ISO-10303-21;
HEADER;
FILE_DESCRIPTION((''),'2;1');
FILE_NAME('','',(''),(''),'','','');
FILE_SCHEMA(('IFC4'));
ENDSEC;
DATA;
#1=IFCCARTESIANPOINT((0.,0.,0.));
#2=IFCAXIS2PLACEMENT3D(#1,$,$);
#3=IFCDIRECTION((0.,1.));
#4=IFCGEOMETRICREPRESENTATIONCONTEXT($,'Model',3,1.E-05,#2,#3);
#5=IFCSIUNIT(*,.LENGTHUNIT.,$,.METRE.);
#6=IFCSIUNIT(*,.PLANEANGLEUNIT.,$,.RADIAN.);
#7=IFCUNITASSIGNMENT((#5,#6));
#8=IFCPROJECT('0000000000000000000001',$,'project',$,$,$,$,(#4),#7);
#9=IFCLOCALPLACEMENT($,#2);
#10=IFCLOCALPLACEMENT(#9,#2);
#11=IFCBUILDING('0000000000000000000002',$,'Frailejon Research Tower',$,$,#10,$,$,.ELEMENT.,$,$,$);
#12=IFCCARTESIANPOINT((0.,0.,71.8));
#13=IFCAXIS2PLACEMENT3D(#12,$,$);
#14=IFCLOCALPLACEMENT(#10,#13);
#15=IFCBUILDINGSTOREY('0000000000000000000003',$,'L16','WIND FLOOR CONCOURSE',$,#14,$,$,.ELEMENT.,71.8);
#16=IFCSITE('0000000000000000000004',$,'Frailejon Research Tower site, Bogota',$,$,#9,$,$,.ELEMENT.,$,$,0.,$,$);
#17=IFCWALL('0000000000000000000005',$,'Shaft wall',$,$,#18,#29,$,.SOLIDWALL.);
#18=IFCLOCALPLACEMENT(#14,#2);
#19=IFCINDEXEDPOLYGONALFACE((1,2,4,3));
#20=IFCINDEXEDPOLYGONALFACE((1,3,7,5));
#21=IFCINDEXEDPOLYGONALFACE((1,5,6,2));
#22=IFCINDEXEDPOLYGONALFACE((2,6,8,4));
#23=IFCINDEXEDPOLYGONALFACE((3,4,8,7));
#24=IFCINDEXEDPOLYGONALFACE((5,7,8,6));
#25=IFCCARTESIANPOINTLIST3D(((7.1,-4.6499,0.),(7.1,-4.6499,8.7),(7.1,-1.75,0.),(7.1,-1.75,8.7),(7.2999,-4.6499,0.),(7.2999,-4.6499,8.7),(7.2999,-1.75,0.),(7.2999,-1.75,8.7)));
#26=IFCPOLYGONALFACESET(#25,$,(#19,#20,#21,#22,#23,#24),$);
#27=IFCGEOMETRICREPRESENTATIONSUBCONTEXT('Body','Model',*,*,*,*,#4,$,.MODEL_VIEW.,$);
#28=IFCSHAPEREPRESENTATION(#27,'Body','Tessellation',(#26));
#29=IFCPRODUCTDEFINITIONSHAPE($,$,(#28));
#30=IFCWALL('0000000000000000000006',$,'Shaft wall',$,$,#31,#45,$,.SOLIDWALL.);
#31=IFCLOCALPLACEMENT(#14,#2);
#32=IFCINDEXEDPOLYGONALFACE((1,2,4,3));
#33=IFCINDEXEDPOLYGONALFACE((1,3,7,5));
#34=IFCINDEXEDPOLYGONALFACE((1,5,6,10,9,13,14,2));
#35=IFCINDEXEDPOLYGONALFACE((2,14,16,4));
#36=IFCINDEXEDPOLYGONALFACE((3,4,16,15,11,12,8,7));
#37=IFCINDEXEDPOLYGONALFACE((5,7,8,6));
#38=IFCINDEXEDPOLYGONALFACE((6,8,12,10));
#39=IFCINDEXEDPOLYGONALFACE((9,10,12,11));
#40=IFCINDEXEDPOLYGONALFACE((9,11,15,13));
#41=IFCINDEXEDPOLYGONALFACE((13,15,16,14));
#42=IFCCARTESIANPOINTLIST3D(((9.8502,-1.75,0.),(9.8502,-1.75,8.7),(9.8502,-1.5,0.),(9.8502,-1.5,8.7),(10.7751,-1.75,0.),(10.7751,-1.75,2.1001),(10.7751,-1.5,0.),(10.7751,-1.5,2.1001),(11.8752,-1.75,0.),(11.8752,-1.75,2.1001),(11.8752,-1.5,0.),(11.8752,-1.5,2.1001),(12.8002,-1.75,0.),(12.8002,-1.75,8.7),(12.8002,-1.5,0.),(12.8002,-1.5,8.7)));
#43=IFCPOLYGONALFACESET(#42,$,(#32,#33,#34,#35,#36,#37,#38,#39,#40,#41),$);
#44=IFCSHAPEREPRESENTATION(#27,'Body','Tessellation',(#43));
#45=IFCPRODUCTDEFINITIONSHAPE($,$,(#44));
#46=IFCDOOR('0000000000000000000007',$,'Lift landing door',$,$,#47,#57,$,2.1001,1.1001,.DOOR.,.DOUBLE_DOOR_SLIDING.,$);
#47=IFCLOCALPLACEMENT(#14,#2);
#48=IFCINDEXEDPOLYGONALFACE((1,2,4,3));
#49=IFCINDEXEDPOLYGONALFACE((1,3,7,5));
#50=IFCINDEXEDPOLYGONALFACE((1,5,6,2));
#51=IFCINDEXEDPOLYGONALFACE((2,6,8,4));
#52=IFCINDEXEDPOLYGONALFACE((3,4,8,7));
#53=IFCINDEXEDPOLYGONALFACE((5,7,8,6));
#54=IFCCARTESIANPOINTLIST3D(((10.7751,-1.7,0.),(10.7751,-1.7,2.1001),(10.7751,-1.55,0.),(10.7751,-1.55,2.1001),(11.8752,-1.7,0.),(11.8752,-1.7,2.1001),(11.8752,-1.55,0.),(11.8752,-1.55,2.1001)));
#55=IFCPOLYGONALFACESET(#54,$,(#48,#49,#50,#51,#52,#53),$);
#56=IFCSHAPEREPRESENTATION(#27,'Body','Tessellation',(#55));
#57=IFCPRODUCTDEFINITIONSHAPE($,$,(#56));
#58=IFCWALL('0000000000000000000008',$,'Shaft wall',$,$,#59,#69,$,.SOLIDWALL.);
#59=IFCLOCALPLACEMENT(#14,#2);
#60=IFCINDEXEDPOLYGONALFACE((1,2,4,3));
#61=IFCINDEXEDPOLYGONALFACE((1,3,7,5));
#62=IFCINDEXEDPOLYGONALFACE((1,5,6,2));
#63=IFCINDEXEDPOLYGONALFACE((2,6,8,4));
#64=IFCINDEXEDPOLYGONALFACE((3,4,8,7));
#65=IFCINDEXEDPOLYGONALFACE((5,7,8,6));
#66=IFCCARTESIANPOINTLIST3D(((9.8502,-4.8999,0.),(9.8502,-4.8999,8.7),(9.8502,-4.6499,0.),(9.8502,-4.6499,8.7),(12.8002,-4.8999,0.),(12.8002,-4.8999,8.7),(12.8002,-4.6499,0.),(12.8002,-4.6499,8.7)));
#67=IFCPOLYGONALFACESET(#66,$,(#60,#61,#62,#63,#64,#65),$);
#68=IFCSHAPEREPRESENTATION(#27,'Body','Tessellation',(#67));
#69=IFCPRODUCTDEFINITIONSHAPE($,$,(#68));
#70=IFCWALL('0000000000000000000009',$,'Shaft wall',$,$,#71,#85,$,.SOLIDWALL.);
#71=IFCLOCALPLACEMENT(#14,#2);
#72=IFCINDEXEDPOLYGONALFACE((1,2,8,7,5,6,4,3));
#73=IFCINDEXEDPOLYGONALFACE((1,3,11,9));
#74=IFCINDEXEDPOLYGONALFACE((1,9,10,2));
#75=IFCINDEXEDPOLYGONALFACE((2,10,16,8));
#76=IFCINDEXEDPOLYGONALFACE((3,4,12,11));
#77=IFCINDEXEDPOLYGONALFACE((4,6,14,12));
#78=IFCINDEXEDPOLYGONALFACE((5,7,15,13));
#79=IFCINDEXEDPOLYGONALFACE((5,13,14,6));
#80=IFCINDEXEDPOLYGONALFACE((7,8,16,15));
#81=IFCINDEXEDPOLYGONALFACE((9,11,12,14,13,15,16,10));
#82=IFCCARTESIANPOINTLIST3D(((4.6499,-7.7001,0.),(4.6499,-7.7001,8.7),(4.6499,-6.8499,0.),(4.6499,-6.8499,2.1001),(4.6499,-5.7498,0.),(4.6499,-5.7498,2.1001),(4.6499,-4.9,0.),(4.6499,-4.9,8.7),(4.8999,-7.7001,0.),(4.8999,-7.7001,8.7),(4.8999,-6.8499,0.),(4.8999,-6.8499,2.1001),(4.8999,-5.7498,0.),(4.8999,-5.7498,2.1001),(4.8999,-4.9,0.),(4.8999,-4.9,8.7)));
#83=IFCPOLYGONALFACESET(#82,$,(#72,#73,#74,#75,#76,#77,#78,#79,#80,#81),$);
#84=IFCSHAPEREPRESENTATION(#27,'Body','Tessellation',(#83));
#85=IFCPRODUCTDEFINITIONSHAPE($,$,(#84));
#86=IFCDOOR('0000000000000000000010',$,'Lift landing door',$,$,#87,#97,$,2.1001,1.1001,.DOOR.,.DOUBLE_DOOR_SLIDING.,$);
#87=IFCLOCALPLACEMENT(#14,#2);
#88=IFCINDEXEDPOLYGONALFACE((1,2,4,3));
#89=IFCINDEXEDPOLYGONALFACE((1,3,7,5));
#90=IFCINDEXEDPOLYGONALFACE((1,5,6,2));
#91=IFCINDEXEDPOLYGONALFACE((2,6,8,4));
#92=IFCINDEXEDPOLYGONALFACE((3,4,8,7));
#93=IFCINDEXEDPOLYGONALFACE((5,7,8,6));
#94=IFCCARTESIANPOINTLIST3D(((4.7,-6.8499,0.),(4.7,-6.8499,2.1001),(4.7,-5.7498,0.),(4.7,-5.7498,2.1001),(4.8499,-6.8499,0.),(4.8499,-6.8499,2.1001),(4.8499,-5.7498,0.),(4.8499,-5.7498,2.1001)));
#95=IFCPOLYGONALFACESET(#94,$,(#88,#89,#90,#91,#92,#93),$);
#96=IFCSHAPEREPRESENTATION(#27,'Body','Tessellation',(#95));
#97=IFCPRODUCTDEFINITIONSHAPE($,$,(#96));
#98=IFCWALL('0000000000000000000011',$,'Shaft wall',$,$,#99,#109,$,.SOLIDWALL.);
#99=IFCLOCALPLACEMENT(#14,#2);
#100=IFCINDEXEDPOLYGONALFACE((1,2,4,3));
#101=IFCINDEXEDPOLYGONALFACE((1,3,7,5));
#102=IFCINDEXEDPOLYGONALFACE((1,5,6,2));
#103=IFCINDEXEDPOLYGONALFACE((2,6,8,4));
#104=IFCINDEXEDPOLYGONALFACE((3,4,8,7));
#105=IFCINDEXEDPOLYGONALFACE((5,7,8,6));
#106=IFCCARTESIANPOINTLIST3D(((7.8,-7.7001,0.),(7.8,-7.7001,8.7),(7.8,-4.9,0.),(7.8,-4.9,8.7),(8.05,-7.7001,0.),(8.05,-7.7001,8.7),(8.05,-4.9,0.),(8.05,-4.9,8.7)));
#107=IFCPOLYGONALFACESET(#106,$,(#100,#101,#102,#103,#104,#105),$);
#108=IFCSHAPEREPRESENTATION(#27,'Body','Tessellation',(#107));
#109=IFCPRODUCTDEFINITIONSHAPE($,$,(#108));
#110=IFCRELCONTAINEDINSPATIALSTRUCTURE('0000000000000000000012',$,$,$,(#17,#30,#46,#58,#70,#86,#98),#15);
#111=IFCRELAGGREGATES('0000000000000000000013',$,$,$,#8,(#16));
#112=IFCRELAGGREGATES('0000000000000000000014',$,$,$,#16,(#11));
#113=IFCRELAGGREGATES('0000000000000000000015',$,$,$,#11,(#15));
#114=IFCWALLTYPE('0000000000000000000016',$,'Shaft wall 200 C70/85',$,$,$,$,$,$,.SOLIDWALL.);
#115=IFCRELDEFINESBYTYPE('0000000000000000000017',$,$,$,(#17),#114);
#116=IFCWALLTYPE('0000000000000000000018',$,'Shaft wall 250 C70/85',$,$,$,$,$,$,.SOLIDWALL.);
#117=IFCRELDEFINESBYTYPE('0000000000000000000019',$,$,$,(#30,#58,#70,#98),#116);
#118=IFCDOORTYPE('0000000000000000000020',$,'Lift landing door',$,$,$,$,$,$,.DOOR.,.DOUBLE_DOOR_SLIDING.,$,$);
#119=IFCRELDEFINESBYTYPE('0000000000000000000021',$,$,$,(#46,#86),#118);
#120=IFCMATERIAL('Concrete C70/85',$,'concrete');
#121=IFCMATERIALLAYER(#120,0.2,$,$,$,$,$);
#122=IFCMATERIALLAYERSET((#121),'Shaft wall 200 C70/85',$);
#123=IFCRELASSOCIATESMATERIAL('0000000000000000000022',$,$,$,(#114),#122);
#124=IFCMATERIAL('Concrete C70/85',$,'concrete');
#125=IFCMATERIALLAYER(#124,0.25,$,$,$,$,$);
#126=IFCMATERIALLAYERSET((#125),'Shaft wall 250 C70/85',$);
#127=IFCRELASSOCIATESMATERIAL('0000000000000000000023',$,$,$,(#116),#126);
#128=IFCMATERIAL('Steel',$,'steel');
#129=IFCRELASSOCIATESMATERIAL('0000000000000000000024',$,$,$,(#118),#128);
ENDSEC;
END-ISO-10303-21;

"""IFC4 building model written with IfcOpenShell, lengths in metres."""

from ifc_helpers import new_model, si_unit, direction, frame, frame_2d, origin, place, context, subcontext, project, spatial, rectangle, extrude, material, layer, layer_set, type_object, element, fill, save


model = new_model("IFC4")

# Units and contexts
model_context = context("Model", 3, precision=1e-05, world=origin(), true_north=direction((0.0, 1.0)))
body_context = subcontext(model_context, "Body", "Model", "MODEL_VIEW")
ifc_project = project(units=[si_unit("LENGTHUNIT", "METRE"), si_unit("PLANEANGLEUNIT", "RADIAN")], contexts=[model_context])

# Site, building, storey
site_placement = place(None, origin())
site = spatial("IfcSite", under=ifc_project, at=site_placement, Name="Frailejon Research Tower site, Bogota", CompositionType="ELEMENT", RefElevation=0.0)
building_placement = place(site_placement, origin())
building = spatial("IfcBuilding", under=site, at=building_placement, Name="Frailejon Research Tower", CompositionType="ELEMENT")
storey_placement = place(building_placement, frame((0.0, 0.0, 71.8)))
storey = spatial("IfcBuildingStorey", under=building, at=storey_placement, Name="L16", Description="WIND FLOOR CONCOURSE", CompositionType="ELEMENT", Elevation=71.8)

# Wall
ifc_material_1 = material(Name="Concrete C70/85", Category="concrete")
ifc_layer_1 = layer(ifc_material_1, 0.2)
ifc_layer_set_1 = layer_set([ifc_layer_1], Name="Shaft wall 200 C70/85")
wall_type_1 = type_object("IfcWallType", Name="Shaft wall 200 C70/85", PredefinedType="SOLIDWALL", material=ifc_layer_set_1)
for number, where, z_axis, x_axis, name in (
    (1, (7.2, -4.6499, 0.0), (0.0, 0.0, 1.0), (0.0, 1.0, 0.0), "Shaft wall"),
):
    element("IfcWall", number, at=place(storey_placement, frame(where, z_axis=z_axis, x_axis=x_axis)), inside=storey, type_object=wall_type_1, Name=name, PredefinedType="SOLIDWALL", context=body_context, shape_type="SweptSolid", body=[
        extrude(rectangle(XDim=2.8999, YDim=0.2, at=frame_2d((1.45, 0.0))), origin(), (0.0, 0.0, 1.0), 8.7),
    ])

# Wall, opening, door
ifc_material_2 = material(Name="Concrete C70/85", Category="concrete")
ifc_layer_2 = layer(ifc_material_2, 0.25)
ifc_layer_set_2 = layer_set([ifc_layer_2], Name="Shaft wall 250 C70/85")
wall_type_2 = type_object("IfcWallType", Name="Shaft wall 250 C70/85", PredefinedType="SOLIDWALL", material=ifc_layer_set_2)
wall_1_placement = place(storey_placement, frame((9.8501, -1.625, 0.0), z_axis=(0.0, 0.0, 1.0), x_axis=(1.0, 0.0, 0.0)))
wall_1 = element("IfcWall", 2, at=wall_1_placement, inside=storey, type_object=wall_type_2, Name="Shaft wall", PredefinedType="SOLIDWALL", context=body_context, shape_type="SweptSolid", body=[
    extrude(rectangle(XDim=2.95, YDim=0.25, at=frame_2d((1.4751, 0.0))), origin(), (0.0, 0.0, 1.0), 8.7),
])
opening_1_placement = place(wall_1_placement, frame((0.925, 0.0, 0.0)))
opening_1 = element("IfcOpeningElement", 3, at=opening_1_placement, cuts=wall_1, PredefinedType="OPENING", context=body_context, shape_type="SweptSolid", body=[
    extrude(rectangle(XDim=1.1001, YDim=2.1001, at=frame_2d((0.55, 1.05))), frame((0.0, 0.135, 0.0), z_axis=(0.0, -1.0, 0.0), x_axis=(1.0, 0.0, 0.0)), (0.0, 0.0, 1.0), 0.27),
])
ifc_material_3 = material(Name="Steel", Category="steel")
door_type_1 = type_object("IfcDoorType", Name="Lift landing door", OperationType="DOUBLE_DOOR_SLIDING", PredefinedType="DOOR", material=ifc_material_3)
door_1_placement = place(opening_1_placement, origin())
door_1 = element("IfcDoor", 4, at=door_1_placement, inside=storey, type_object=door_type_1, Name="Lift landing door", OperationType="DOUBLE_DOOR_SLIDING", OverallHeight=2.1001, OverallWidth=1.1001, PredefinedType="DOOR", context=body_context, shape_type="SweptSolid", body=[
    extrude(rectangle(XDim=1.1001, YDim=2.1001, at=frame_2d((0.55, 1.05))), frame((0.0, 0.075, 0.0), z_axis=(0.0, -1.0, 0.0), x_axis=(1.0, 0.0, 0.0)), (0.0, 0.0, 1.0), 0.1499),
])
fill(opening_1, door_1)

# Wall
wall_2_placement = place(storey_placement, frame((9.8501, -4.7749, 0.0), z_axis=(0.0, 0.0, 1.0), x_axis=(1.0, 0.0, 0.0)))
element("IfcWall", 5, at=wall_2_placement, inside=storey, type_object=wall_type_2, Name="Shaft wall", PredefinedType="SOLIDWALL", context=body_context, shape_type="SweptSolid", body=[
    extrude(rectangle(XDim=2.95, YDim=0.25, at=frame_2d((1.4751, 0.0))), origin(), (0.0, 0.0, 1.0), 8.7),
])

# Wall, opening, door
wall_3_placement = place(storey_placement, frame((4.7749, -7.7, 0.0), z_axis=(0.0, 0.0, 1.0), x_axis=(0.0, 1.0, 0.0)))
wall_3 = element("IfcWall", 6, at=wall_3_placement, inside=storey, type_object=wall_type_2, Name="Shaft wall", PredefinedType="SOLIDWALL", context=body_context, shape_type="SweptSolid", body=[
    extrude(rectangle(XDim=2.8, YDim=0.25, at=frame_2d((1.3999, 0.0))), origin(), (0.0, 0.0, 1.0), 8.7),
])
opening_2_placement = place(wall_3_placement, frame((0.8501, 0.0, 0.0)))
opening_2 = element("IfcOpeningElement", 7, at=opening_2_placement, cuts=wall_3, PredefinedType="OPENING", context=body_context, shape_type="SweptSolid", body=[
    extrude(rectangle(XDim=1.1001, YDim=2.1001, at=frame_2d((0.55, 1.05))), frame((0.0, 0.135, 0.0), z_axis=(0.0, -1.0, 0.0), x_axis=(1.0, 0.0, 0.0)), (0.0, 0.0, 1.0), 0.27),
])
door_2_placement = place(opening_2_placement, origin())
door_2 = element("IfcDoor", 8, at=door_2_placement, inside=storey, type_object=door_type_1, Name="Lift landing door", OperationType="DOUBLE_DOOR_SLIDING", OverallHeight=2.1001, OverallWidth=1.1001, PredefinedType="DOOR", context=body_context, shape_type="SweptSolid", body=[
    extrude(rectangle(XDim=1.1001, YDim=2.1001, at=frame_2d((0.55, 1.05))), frame((0.0, 0.075, 0.0), z_axis=(0.0, -1.0, 0.0), x_axis=(1.0, 0.0, 0.0)), (0.0, 0.0, 1.0), 0.1499),
])
fill(opening_2, door_2)

# Wall
wall_4_placement = place(storey_placement, frame((7.925, -7.7, 0.0), z_axis=(0.0, 0.0, 1.0), x_axis=(0.0, 1.0, 0.0)))
element("IfcWall", 9, at=wall_4_placement, inside=storey, type_object=wall_type_2, Name="Shaft wall", PredefinedType="SOLIDWALL", context=body_context, shape_type="SweptSolid", body=[
    extrude(rectangle(XDim=2.8, YDim=0.25, at=frame_2d((1.3999, 0.0))), origin(), (0.0, 0.0, 1.0), 8.7),
])

save(model, "model.ifc")
